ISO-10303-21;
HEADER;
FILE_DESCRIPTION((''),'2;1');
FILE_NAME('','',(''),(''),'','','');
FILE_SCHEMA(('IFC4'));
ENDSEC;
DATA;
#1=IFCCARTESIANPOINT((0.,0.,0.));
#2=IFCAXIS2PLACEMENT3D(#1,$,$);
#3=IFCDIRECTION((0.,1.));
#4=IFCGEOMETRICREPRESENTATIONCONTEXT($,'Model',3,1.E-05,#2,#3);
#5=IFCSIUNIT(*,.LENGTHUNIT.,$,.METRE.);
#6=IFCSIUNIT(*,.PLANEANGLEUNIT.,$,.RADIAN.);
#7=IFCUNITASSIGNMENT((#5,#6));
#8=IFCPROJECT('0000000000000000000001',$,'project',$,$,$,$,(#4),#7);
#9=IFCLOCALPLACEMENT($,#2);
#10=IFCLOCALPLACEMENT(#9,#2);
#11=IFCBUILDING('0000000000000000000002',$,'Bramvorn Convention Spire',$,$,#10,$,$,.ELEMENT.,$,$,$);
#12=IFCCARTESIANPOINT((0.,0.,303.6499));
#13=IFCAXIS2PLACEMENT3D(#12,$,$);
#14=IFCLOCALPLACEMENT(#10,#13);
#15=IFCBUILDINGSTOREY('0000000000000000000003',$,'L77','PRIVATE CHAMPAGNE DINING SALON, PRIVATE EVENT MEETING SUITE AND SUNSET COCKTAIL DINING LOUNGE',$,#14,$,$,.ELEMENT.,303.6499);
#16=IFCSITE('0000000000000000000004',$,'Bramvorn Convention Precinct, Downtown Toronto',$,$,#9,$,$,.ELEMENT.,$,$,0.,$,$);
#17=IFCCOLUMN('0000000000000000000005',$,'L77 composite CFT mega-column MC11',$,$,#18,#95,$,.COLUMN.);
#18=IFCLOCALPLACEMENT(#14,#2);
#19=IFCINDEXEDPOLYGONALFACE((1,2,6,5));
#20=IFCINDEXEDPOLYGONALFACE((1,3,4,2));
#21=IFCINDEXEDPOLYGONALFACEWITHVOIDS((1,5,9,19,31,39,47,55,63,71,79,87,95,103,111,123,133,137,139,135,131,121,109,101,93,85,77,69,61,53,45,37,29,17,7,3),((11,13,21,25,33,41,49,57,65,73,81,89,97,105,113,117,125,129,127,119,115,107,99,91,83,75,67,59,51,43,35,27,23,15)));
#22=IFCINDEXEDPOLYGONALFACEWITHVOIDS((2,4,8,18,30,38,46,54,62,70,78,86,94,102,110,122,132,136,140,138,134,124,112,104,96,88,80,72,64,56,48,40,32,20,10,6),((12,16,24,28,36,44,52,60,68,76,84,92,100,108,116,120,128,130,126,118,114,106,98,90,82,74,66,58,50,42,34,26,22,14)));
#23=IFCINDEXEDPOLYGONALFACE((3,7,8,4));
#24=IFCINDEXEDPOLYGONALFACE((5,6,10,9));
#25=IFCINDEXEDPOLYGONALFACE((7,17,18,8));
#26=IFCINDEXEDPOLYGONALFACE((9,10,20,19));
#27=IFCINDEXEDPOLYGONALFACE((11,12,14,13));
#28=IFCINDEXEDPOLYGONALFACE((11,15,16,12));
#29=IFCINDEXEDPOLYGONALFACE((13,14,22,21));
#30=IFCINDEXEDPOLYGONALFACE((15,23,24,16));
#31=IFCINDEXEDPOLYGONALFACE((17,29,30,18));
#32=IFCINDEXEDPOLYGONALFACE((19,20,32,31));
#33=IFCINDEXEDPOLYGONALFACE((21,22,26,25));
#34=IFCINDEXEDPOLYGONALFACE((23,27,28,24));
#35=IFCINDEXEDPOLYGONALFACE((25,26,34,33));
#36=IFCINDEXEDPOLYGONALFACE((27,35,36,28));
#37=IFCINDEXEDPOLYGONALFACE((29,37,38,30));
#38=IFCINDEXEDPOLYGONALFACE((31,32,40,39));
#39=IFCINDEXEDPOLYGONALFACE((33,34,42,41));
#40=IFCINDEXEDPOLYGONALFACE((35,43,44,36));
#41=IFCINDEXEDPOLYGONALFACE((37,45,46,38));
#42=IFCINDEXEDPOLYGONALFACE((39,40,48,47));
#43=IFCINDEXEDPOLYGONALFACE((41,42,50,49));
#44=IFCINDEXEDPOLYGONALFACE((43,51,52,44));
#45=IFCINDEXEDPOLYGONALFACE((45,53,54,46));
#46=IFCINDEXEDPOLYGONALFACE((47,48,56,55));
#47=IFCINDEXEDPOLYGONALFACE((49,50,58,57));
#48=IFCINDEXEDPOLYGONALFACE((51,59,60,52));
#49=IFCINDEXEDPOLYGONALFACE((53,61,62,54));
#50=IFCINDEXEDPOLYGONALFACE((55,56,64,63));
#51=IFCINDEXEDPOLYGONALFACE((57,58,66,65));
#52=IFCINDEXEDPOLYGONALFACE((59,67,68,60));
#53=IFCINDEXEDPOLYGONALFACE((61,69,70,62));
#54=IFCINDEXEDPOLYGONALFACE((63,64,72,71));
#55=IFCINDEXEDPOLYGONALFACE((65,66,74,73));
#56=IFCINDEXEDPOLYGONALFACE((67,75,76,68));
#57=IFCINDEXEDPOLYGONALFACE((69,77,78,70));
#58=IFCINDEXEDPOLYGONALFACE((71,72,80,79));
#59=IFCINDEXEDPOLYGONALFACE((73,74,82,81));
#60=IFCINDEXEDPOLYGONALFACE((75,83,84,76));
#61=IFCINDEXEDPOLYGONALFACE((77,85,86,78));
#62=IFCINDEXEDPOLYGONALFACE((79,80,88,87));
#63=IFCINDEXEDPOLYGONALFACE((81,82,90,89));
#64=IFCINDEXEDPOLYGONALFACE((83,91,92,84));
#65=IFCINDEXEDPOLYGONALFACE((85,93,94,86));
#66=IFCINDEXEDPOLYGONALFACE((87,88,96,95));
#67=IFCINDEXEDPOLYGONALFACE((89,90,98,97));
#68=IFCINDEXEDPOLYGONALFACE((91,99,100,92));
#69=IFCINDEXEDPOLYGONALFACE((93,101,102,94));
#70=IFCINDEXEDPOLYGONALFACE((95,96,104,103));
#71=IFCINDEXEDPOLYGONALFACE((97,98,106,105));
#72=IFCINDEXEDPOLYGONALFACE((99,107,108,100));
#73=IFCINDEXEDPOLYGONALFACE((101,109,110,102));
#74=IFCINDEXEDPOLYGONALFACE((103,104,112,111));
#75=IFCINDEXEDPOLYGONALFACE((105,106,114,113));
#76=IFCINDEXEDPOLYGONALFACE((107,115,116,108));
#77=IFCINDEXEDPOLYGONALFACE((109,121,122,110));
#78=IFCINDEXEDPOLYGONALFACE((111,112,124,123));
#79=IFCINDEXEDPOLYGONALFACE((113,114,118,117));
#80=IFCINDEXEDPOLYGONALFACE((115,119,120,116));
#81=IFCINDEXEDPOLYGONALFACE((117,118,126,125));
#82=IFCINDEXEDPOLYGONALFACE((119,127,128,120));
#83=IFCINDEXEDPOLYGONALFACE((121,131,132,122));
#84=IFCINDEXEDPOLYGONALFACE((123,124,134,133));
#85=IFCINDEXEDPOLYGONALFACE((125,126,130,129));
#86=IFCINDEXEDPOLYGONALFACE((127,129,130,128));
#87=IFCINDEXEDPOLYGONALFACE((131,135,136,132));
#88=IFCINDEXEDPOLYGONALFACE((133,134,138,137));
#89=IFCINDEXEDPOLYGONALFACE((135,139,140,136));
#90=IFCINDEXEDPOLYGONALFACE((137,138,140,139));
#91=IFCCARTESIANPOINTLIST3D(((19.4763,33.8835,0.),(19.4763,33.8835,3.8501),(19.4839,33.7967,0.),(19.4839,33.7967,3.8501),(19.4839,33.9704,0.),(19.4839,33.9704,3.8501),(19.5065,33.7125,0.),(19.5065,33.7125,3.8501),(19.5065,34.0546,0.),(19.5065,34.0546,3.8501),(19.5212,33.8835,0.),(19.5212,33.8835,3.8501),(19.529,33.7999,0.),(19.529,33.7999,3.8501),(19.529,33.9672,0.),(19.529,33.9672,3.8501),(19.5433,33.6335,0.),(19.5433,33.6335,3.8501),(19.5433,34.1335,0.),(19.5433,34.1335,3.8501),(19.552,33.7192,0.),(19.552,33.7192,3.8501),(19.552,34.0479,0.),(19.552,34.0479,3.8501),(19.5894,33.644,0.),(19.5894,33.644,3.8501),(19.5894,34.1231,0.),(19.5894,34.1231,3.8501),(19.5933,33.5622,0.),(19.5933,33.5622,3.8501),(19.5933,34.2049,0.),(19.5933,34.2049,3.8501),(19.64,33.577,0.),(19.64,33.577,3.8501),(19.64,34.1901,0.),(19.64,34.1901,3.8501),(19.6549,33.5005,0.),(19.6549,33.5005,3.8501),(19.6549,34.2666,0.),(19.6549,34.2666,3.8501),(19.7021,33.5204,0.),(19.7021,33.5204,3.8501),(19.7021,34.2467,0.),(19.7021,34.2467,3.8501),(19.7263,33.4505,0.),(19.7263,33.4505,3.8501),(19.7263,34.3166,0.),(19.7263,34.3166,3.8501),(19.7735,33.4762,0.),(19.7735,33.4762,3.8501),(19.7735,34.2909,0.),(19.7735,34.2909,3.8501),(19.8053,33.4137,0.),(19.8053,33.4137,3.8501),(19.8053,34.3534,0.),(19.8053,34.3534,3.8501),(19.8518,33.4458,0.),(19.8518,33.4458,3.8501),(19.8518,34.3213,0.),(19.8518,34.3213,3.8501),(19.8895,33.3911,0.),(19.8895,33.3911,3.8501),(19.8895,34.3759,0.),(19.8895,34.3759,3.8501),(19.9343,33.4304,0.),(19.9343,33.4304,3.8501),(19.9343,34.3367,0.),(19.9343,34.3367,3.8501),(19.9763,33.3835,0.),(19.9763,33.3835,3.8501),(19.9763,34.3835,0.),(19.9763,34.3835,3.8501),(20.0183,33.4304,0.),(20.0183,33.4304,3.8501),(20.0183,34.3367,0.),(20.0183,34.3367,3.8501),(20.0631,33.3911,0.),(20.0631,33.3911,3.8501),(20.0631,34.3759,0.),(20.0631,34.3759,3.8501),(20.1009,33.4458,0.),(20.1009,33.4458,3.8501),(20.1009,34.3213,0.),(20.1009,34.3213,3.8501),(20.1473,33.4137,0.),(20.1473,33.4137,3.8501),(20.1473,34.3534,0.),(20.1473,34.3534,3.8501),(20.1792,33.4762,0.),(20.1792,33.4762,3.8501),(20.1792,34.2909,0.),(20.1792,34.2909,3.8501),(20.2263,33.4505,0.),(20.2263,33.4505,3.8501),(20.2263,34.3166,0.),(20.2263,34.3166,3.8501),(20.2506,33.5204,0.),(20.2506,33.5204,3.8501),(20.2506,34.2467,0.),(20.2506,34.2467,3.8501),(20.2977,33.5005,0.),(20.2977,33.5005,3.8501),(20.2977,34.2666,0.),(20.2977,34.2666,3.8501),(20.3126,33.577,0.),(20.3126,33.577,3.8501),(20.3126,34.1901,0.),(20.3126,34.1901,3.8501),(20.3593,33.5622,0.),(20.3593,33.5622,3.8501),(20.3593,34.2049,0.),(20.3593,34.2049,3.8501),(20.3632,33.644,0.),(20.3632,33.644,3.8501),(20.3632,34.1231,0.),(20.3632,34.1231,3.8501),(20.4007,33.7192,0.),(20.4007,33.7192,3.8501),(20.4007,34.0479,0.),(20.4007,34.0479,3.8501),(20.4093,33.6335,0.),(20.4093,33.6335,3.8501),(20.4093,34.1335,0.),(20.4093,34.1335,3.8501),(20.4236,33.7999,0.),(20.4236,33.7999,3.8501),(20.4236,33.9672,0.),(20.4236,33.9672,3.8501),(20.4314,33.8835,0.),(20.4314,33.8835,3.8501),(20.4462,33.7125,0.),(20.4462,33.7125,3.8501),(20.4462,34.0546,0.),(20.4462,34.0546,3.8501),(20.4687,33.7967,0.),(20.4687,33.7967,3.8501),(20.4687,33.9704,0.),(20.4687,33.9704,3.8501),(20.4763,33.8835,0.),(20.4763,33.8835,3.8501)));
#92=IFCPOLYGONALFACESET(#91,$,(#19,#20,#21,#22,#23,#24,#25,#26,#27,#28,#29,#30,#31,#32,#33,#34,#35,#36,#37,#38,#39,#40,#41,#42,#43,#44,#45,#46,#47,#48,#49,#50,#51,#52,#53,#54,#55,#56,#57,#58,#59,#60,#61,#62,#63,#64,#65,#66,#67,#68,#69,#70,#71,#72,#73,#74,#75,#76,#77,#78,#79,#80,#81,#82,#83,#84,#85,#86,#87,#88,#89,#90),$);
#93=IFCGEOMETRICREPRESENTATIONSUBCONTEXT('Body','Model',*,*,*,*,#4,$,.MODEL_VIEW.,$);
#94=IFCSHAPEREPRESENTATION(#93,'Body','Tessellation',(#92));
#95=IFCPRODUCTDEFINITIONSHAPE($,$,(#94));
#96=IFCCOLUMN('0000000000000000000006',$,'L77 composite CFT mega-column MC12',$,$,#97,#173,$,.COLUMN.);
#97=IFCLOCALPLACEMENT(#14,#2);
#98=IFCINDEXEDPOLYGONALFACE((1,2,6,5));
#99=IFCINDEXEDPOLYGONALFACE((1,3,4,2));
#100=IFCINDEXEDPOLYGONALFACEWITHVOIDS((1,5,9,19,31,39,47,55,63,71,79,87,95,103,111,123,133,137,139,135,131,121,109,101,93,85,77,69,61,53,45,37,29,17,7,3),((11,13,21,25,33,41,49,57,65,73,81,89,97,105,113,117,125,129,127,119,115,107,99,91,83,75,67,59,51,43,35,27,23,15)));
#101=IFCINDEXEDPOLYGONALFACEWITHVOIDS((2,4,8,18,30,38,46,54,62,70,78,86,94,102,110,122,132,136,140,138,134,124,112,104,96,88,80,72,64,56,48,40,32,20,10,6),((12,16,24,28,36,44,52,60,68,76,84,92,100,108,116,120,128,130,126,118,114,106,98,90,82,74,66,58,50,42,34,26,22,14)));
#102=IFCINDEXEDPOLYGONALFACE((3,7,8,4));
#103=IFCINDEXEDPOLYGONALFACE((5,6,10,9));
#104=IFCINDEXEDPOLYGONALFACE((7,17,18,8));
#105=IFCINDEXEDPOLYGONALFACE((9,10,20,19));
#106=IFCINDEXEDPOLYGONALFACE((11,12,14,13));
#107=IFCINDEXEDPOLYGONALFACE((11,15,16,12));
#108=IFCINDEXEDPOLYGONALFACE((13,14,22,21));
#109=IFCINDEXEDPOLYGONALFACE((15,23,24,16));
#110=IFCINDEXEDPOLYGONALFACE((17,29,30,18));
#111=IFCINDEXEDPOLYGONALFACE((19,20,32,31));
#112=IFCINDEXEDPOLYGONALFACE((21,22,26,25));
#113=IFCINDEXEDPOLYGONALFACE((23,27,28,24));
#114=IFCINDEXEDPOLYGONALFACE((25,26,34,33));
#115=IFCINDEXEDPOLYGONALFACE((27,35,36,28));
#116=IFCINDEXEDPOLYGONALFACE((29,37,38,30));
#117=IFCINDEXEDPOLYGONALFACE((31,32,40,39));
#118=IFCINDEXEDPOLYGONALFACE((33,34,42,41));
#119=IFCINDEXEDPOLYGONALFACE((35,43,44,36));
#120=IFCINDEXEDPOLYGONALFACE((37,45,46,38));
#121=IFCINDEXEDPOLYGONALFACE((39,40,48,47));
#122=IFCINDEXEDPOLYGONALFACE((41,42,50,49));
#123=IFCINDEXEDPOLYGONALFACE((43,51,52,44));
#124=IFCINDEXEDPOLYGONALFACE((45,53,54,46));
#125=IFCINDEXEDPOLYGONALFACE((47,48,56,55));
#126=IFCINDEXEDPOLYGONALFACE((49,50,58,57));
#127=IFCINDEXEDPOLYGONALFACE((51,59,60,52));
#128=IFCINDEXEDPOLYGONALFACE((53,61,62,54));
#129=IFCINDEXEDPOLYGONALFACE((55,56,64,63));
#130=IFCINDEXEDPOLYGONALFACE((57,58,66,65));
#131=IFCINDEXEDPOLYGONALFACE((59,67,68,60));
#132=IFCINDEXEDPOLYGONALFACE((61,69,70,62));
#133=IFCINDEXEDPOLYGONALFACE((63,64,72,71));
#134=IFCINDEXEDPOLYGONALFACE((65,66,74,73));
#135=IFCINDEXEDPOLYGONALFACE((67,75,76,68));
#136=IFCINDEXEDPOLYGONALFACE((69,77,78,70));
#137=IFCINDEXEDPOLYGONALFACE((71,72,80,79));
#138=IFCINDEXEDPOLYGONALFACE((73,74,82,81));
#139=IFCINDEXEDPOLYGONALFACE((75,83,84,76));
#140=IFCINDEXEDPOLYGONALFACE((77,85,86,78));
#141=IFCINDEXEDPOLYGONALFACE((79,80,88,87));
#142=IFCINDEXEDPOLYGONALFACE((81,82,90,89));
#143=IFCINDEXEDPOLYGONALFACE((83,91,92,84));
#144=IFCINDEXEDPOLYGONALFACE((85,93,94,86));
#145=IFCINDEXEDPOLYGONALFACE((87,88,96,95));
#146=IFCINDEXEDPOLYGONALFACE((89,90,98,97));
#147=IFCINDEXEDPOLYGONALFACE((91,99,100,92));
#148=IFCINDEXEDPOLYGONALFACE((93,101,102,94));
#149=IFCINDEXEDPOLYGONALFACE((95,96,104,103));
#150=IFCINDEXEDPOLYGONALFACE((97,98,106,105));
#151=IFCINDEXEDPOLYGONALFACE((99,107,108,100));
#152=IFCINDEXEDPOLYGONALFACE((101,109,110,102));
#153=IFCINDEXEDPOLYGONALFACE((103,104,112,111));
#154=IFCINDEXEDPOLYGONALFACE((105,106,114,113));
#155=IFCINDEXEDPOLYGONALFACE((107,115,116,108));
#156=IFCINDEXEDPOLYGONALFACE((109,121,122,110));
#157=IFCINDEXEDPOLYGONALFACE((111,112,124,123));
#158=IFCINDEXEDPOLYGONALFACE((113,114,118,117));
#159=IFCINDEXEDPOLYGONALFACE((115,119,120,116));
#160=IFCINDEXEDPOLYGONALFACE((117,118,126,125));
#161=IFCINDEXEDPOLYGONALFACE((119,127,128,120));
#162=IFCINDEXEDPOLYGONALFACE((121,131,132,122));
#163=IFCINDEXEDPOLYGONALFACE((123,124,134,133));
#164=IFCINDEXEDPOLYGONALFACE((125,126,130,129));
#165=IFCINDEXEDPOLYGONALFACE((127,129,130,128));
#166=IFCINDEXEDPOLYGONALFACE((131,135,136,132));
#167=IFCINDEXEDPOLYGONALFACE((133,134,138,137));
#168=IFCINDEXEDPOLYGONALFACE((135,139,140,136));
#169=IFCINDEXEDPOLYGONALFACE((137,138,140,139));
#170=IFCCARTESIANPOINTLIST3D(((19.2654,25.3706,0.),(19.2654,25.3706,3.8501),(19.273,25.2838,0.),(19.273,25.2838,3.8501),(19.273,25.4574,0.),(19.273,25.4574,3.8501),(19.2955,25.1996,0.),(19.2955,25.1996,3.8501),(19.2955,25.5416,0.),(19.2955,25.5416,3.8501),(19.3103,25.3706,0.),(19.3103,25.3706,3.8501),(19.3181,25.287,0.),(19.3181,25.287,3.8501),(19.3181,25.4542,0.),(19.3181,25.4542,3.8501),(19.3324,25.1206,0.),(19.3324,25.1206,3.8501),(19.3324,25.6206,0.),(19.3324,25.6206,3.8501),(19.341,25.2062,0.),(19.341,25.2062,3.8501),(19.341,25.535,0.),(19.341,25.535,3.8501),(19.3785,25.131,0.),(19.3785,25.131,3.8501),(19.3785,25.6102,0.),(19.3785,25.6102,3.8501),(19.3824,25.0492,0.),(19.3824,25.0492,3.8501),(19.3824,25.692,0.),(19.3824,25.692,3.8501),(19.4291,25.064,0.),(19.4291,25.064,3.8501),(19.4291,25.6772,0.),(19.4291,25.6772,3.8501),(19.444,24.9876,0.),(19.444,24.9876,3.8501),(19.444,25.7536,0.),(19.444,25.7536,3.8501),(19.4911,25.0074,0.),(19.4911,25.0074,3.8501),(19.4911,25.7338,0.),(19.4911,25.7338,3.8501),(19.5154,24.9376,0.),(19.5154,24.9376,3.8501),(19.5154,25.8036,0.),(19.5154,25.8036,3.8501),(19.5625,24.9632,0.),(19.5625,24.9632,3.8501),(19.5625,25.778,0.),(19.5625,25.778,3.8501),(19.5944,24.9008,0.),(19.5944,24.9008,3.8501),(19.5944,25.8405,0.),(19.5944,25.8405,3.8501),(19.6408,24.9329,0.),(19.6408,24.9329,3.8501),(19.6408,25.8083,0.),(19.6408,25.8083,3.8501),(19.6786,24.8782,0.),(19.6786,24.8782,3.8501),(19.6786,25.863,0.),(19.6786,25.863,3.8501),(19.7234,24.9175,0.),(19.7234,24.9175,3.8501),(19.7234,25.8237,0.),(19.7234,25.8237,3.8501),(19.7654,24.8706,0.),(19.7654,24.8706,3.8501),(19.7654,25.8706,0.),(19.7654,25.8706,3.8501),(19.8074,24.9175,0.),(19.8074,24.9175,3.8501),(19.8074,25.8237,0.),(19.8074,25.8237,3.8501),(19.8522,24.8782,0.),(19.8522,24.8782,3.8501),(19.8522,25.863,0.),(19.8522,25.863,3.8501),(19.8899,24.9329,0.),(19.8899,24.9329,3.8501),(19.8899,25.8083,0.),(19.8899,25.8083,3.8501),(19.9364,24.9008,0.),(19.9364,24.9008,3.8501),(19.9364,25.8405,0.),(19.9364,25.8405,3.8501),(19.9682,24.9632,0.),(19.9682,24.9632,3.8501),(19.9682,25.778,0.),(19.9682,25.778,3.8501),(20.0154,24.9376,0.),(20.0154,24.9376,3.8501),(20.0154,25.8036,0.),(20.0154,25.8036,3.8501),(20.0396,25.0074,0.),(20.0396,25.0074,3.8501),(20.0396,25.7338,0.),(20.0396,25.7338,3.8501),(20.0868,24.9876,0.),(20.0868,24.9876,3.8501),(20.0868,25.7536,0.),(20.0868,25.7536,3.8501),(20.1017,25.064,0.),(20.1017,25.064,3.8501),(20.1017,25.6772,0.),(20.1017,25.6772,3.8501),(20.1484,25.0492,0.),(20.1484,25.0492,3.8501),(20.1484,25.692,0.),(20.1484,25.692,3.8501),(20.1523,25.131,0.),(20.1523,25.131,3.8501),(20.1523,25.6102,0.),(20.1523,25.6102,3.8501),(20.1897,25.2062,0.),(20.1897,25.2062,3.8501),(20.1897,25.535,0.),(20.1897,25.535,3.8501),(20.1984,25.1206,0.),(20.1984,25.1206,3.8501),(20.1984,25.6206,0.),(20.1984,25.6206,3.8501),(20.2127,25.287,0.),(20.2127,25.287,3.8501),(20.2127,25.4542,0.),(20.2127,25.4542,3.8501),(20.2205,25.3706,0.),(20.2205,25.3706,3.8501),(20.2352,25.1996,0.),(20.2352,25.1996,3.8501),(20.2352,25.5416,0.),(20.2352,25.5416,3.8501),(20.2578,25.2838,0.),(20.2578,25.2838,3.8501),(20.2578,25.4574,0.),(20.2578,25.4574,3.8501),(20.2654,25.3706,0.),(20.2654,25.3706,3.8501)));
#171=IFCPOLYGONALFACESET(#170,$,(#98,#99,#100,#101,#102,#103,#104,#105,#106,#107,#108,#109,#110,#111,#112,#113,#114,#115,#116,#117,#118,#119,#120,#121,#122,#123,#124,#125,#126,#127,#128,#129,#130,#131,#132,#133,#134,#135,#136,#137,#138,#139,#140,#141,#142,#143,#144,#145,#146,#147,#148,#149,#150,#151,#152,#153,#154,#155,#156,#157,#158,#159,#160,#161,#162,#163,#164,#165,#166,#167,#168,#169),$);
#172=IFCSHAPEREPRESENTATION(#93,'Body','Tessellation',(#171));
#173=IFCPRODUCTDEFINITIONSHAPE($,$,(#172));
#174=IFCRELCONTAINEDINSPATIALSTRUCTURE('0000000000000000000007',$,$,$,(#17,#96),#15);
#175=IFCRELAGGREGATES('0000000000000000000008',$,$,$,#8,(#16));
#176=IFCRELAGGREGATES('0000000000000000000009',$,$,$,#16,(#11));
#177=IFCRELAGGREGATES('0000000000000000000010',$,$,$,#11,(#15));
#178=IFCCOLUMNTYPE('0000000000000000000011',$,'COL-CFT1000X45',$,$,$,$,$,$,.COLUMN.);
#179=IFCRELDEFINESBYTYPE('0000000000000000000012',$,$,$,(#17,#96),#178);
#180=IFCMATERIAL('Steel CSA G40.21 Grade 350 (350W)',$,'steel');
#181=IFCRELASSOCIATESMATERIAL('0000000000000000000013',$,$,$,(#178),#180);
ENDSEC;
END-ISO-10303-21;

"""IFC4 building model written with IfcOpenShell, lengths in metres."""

from ifc_helpers import new_model, si_unit, direction, frame, origin, origin_2d, place, context, subcontext, project, spatial, hollow_circle, extrude, material, material_profile, profile_set, type_object, element, save


model = new_model("IFC4")

# Units and contexts
model_context = context("Model", 3, precision=1e-05, world=origin(), true_north=direction((0.0, 1.0)))
body_context = subcontext(model_context, "Body", "Model", "MODEL_VIEW")
ifc_project = project(units=[si_unit("LENGTHUNIT", "METRE"), si_unit("PLANEANGLEUNIT", "RADIAN")], contexts=[model_context])

# Site, building, storey
site_placement = place(None, origin())
site = spatial("IfcSite", under=ifc_project, at=site_placement, Name="Bramvorn Convention Precinct, Downtown Toronto", CompositionType="ELEMENT", RefElevation=0.0)
building_placement = place(site_placement, origin())
building = spatial("IfcBuilding", under=site, at=building_placement, Name="Bramvorn Convention Spire", CompositionType="ELEMENT")
storey_placement = place(building_placement, frame((0.0, 0.0, 303.6499)))
storey = spatial("IfcBuildingStorey", under=building, at=storey_placement, Name="L77", Description="PRIVATE CHAMPAGNE DINING SALON, PRIVATE EVENT MEETING SUITE AND SUNSET COCKTAIL DINING LOUNGE", CompositionType="ELEMENT", Elevation=303.6499)

# Columns
ifc_material_1 = material(Name="Steel CSA G40.21 Grade 350 (350W)", Category="steel")
ifc_material_profile_1 = material_profile(ifc_material_1, hollow_circle(Radius=0.5, WallThickness=0.0449, at=origin_2d()))
ifc_profile_set_1 = profile_set([ifc_material_profile_1], Name="Steel CSA G40.21 Grade 350 (350W) - CFT1000X45")
column_type = type_object("IfcColumnType", Name="COL-CFT1000X45", PredefinedType="COLUMN", material=ifc_profile_set_1)
for number, where, z_axis, x_axis, name in (
    (1, (19.9763, 33.8835, 0.0), (0.0, 0.0, 1.0), (1.0, 0.0, 0.0), "L77 composite CFT mega-column MC11"),
    (2, (19.7654, 25.3706, 0.0), (0.0, 0.0, 1.0), (1.0, 0.0, 0.0), "L77 composite CFT mega-column MC12"),
):
    element("IfcColumn", number, at=place(storey_placement, frame(where, z_axis=z_axis, x_axis=x_axis)), inside=storey, type_object=column_type, Name=name, PredefinedType="COLUMN", context=body_context, shape_type="SweptSolid", body=[
        extrude(hollow_circle(Radius=0.5, WallThickness=0.0449, at=origin_2d()), origin(), (0.0, 0.0, 1.0), 3.8501),
    ])

save(model, "model.ifc")
